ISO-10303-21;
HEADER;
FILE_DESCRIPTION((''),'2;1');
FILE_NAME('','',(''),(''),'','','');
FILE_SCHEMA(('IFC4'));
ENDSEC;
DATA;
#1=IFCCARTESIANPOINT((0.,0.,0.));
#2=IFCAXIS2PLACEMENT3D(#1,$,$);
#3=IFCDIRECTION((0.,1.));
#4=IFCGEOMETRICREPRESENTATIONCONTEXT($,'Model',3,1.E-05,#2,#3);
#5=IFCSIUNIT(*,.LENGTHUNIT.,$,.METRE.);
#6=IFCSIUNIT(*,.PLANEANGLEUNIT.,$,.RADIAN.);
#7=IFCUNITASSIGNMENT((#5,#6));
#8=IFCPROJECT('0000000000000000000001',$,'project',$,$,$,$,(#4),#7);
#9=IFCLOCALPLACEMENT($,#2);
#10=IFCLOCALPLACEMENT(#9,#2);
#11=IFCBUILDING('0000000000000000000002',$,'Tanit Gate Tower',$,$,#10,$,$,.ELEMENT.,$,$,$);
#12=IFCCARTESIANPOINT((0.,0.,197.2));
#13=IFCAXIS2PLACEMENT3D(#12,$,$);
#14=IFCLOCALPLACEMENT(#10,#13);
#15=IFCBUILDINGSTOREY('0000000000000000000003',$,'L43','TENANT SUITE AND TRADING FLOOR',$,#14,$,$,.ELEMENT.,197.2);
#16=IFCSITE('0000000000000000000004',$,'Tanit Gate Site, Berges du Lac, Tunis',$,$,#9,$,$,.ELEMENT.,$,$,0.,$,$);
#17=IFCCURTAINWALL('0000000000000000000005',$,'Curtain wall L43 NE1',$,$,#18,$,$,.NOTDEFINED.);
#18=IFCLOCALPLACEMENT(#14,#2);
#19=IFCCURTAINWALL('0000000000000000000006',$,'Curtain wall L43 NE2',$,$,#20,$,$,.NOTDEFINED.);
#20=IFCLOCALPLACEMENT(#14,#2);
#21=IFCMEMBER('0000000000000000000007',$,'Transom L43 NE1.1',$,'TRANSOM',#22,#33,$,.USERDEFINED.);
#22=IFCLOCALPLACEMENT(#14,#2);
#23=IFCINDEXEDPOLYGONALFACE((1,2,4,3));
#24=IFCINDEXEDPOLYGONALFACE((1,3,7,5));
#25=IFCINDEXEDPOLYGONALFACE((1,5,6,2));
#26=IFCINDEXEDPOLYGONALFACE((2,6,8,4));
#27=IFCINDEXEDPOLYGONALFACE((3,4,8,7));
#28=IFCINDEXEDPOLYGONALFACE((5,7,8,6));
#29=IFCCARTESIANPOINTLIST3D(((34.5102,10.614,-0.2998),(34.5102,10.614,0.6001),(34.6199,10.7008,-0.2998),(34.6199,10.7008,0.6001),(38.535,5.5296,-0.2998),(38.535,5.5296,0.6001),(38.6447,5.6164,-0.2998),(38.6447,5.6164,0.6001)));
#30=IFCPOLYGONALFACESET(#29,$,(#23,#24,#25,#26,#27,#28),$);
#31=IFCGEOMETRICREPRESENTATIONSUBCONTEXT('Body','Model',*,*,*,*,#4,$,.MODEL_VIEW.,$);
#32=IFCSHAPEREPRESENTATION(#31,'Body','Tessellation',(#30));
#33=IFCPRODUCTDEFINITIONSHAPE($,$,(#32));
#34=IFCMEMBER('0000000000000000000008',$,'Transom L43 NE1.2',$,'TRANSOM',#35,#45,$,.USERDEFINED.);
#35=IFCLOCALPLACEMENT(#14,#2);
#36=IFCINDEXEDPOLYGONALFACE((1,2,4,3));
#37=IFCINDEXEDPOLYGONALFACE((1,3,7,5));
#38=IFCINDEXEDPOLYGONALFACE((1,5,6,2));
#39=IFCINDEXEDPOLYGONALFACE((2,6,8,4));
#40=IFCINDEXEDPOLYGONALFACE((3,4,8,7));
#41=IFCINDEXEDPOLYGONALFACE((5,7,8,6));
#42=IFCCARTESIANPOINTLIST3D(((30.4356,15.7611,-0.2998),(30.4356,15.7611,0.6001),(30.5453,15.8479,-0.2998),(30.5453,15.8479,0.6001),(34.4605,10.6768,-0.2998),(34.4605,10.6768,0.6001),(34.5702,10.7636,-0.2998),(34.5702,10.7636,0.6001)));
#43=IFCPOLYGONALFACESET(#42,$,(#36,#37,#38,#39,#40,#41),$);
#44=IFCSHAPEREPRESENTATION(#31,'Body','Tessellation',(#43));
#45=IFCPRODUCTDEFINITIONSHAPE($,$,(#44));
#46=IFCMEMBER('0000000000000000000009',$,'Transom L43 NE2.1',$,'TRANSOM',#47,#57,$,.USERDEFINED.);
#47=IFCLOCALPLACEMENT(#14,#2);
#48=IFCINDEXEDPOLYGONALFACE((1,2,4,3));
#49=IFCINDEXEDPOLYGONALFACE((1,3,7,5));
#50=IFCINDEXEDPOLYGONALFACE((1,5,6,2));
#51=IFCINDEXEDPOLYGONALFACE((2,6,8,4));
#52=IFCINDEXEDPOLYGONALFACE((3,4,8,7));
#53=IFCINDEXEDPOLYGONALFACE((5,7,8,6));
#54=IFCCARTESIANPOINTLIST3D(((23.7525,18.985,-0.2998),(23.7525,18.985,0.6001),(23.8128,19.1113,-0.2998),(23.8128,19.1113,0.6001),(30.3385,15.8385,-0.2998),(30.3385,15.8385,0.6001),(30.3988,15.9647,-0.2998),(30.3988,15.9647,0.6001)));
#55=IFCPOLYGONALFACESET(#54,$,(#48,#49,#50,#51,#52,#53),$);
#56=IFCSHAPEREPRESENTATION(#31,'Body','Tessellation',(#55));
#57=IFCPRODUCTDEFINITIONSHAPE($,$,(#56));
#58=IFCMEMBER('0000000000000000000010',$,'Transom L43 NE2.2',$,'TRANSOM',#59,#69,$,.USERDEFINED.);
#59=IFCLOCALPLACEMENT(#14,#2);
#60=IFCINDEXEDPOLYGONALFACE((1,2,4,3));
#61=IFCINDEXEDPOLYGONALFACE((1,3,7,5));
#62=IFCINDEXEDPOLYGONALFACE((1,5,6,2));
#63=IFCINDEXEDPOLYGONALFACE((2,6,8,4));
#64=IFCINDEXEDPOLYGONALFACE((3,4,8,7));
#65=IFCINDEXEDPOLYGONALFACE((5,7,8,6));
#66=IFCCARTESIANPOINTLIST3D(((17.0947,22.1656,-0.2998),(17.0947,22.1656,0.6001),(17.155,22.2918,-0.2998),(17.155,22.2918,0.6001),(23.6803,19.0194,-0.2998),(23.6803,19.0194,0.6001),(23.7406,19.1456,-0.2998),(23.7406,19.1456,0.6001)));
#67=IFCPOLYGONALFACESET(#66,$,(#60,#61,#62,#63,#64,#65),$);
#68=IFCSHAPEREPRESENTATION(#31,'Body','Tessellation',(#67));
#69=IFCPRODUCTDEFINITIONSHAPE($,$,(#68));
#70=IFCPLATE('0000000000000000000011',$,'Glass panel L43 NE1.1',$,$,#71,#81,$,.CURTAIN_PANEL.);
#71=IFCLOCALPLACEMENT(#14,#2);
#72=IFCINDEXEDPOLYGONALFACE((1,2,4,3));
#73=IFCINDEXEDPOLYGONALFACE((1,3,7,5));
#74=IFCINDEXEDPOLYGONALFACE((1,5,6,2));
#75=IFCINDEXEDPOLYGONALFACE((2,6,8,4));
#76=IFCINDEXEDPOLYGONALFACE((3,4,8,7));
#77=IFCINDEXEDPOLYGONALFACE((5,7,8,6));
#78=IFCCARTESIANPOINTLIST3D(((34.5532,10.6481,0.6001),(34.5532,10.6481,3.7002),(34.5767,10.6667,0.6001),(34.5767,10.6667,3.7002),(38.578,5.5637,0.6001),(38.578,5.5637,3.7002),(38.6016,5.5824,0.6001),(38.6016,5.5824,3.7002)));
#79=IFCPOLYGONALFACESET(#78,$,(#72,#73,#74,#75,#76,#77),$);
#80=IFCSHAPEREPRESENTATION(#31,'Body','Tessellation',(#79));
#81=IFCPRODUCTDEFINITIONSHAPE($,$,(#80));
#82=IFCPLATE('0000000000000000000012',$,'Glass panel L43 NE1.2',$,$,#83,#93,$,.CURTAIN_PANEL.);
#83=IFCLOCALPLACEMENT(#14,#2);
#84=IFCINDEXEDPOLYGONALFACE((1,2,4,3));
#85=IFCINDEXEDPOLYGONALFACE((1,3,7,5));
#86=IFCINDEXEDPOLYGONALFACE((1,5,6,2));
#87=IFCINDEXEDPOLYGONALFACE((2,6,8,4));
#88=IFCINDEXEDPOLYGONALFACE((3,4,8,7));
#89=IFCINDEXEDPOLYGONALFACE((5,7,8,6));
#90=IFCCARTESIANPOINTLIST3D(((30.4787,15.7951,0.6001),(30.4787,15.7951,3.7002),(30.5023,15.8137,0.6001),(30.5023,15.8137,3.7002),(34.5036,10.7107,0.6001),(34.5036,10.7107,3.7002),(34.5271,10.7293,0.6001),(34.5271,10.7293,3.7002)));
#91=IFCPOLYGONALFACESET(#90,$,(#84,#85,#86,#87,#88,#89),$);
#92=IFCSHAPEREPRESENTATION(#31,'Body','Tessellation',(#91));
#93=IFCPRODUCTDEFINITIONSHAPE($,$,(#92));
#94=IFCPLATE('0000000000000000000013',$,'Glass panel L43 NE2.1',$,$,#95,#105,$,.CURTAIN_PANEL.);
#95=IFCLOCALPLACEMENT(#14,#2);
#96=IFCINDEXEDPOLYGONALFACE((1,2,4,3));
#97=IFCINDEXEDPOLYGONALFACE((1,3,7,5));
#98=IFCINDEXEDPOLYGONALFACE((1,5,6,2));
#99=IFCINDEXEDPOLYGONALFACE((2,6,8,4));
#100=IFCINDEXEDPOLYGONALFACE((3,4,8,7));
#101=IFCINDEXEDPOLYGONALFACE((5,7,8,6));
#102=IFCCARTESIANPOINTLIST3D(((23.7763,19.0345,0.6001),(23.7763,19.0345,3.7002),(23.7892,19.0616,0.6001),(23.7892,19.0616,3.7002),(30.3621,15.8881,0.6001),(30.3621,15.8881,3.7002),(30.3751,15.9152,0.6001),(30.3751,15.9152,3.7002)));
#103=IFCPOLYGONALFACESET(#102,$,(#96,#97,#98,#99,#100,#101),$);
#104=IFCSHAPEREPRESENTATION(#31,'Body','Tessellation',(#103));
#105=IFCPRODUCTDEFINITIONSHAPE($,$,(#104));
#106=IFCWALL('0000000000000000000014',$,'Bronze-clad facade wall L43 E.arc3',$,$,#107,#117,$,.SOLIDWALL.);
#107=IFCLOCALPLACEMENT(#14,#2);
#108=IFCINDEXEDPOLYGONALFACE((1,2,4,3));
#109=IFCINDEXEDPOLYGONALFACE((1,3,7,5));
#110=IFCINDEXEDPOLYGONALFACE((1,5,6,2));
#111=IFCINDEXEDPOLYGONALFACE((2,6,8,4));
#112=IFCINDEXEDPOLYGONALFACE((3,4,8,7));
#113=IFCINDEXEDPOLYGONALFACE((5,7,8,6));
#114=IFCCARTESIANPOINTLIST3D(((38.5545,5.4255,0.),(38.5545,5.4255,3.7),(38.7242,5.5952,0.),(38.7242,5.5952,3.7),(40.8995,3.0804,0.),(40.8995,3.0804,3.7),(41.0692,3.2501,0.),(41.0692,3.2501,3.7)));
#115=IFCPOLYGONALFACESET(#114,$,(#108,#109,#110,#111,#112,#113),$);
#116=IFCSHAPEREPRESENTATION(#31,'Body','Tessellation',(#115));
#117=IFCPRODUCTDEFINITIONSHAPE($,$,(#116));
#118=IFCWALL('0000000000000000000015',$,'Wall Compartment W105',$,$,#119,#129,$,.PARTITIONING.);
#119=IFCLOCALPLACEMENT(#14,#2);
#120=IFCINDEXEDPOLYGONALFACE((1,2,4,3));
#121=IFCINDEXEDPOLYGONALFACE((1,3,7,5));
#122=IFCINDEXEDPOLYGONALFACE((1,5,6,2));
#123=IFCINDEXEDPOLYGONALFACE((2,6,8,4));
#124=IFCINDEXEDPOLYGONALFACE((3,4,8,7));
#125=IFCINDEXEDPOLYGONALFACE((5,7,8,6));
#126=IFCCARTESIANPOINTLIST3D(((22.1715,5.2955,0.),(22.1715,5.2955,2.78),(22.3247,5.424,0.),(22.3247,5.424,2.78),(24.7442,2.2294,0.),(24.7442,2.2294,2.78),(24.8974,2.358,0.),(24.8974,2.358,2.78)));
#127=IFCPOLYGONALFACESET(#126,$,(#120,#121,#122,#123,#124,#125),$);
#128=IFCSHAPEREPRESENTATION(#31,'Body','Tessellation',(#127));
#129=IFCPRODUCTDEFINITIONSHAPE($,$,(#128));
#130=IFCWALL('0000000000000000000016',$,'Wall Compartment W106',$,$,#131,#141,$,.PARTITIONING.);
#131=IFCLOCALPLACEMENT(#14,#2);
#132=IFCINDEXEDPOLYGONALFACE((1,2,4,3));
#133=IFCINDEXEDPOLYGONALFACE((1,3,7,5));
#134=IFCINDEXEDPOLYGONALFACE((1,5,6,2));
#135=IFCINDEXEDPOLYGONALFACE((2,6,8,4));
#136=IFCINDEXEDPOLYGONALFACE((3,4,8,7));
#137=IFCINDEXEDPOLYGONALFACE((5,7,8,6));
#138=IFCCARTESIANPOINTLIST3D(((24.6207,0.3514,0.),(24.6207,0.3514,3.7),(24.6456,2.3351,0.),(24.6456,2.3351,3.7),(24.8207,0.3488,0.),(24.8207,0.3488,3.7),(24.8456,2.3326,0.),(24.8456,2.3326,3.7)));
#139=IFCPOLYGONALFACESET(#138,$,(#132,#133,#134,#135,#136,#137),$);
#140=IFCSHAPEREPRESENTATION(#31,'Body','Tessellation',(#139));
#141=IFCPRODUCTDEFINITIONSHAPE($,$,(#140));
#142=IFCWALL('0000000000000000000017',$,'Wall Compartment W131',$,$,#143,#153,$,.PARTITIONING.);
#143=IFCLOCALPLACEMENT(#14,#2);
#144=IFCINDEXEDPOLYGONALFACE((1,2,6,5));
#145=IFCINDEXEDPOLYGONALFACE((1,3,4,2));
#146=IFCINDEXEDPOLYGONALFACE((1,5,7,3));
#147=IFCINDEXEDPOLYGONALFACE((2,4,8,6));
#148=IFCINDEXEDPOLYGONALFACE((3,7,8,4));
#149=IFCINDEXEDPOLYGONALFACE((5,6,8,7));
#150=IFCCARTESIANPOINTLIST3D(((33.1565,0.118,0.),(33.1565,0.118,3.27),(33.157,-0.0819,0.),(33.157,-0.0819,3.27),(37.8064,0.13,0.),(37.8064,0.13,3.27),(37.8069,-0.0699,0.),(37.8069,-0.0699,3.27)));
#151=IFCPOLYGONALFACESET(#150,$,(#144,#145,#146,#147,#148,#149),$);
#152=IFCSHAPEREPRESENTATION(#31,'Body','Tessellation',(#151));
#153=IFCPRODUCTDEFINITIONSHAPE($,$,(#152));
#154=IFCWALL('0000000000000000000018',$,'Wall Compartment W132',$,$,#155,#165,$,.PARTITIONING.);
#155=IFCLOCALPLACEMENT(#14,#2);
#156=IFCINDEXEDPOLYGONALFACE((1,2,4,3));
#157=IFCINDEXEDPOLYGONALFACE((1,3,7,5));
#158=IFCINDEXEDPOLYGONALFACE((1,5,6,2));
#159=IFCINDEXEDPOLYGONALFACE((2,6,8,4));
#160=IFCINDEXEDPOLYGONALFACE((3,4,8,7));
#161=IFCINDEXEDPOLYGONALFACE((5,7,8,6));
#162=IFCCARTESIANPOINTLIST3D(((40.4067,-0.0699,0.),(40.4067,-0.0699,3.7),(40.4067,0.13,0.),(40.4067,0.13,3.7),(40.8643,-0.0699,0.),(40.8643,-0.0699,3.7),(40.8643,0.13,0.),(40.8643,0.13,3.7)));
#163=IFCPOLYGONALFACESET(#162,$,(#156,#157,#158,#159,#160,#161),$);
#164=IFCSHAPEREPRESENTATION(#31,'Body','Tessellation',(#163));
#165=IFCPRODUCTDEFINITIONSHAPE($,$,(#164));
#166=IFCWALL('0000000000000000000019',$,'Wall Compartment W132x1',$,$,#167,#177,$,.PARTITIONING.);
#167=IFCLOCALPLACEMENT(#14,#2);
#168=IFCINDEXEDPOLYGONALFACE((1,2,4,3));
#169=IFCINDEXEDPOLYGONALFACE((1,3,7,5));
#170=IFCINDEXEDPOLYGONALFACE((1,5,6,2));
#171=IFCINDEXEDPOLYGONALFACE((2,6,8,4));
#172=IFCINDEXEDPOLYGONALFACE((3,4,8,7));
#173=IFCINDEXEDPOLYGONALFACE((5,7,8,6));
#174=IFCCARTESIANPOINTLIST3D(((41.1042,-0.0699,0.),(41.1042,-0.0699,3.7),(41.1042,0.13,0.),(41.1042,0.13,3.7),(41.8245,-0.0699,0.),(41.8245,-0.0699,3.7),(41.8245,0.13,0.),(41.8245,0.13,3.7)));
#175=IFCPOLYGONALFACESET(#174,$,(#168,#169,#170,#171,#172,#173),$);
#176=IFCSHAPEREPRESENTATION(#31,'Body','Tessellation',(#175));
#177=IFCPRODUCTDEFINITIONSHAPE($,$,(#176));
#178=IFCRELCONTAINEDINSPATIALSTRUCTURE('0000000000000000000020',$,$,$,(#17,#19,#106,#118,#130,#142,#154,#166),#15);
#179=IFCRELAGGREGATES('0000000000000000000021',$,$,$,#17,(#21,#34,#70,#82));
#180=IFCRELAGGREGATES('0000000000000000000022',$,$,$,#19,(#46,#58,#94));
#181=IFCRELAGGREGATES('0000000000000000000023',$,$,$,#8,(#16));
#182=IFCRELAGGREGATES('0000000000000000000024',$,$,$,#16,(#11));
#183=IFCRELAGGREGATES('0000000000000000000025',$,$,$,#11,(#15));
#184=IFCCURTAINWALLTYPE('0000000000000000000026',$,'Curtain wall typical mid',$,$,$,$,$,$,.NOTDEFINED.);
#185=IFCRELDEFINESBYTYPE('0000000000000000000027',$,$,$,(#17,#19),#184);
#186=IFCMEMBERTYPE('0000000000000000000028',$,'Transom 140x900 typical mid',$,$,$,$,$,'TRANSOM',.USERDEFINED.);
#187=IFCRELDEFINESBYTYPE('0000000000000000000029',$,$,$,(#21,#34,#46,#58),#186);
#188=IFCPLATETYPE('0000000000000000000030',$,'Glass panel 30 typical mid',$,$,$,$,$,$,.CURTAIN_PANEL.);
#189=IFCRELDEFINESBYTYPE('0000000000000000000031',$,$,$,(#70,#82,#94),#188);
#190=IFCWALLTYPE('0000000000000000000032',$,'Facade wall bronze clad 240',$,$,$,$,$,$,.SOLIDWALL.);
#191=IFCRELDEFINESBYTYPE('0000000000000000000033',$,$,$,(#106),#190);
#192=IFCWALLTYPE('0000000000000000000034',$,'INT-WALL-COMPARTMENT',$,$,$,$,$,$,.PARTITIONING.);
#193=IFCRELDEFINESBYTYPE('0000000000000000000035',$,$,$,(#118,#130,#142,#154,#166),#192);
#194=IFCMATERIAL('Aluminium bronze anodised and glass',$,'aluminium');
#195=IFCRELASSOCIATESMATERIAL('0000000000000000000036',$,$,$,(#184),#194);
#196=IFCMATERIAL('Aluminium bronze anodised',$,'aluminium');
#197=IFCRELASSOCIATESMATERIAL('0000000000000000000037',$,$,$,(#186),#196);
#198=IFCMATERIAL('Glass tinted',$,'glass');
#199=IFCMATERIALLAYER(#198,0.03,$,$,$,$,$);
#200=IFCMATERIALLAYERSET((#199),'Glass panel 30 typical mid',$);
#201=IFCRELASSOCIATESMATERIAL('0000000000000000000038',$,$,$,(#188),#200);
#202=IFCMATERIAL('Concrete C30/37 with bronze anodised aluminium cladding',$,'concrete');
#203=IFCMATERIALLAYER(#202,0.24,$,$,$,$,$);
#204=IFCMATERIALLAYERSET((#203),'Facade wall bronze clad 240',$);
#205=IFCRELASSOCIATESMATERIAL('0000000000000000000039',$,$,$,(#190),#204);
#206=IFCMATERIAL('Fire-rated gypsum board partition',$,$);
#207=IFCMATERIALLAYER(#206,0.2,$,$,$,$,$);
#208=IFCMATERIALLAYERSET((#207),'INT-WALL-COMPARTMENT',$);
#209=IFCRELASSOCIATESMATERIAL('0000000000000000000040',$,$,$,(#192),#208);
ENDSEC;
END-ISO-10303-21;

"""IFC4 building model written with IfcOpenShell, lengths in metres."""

from ifc_helpers import new_model, si_unit, direction, frame, frame_2d, origin, origin_2d, place, context, subcontext, project, spatial, rectangle, extrude, material, layer, layer_set, material_profile, profile_set, type_object, element, aggregate, save


model = new_model("IFC4")

# Units and contexts
model_context = context("Model", 3, precision=1e-05, world=origin(), true_north=direction((0.0, 1.0)))
body_context = subcontext(model_context, "Body", "Model", "MODEL_VIEW")
ifc_project = project(units=[si_unit("LENGTHUNIT", "METRE"), si_unit("PLANEANGLEUNIT", "RADIAN")], contexts=[model_context])

# Site, building, storey
site_placement = place(None, origin())
site = spatial("IfcSite", under=ifc_project, at=site_placement, Name="Tanit Gate Site, Berges du Lac, Tunis", CompositionType="ELEMENT", RefElevation=0.0)
building_placement = place(site_placement, origin())
building = spatial("IfcBuilding", under=site, at=building_placement, Name="Tanit Gate Tower", CompositionType="ELEMENT")
storey_placement = place(building_placement, frame((0.0, 0.0, 197.2)))
storey = spatial("IfcBuildingStorey", under=building, at=storey_placement, Name="L43", Description="TENANT SUITE AND TRADING FLOOR", CompositionType="ELEMENT", Elevation=197.2)

# Curtain walls
ifc_material_1 = material(Name="Aluminium bronze anodised and glass", Category="aluminium")
curtain_wall_type = type_object("IfcCurtainWallType", Name="Curtain wall typical mid", PredefinedType="NOTDEFINED", material=ifc_material_1)
curtain_wall_1_placement = place(storey_placement, origin())
curtain_wall_1 = element("IfcCurtainWall", 1, at=curtain_wall_1_placement, inside=storey, type_object=curtain_wall_type, Name="Curtain wall L43 NE1", PredefinedType="NOTDEFINED")
curtain_wall_2_placement = place(storey_placement, origin())
curtain_wall_2 = element("IfcCurtainWall", 2, at=curtain_wall_2_placement, inside=storey, type_object=curtain_wall_type, Name="Curtain wall L43 NE2", PredefinedType="NOTDEFINED")

# Members
ifc_material_2 = material(Name="Aluminium bronze anodised", Category="aluminium")
ifc_material_profile_1 = material_profile(ifc_material_2, rectangle(XDim=0.1399, YDim=0.8999, at=origin_2d()), Name="140x900 bronze transom")
ifc_profile_set_1 = profile_set([ifc_material_profile_1], Name="Aluminium bronze anodised")
member_type_1 = type_object("IfcMemberType", Name="Transom 140x900 typical mid", ElementType="TRANSOM", PredefinedType="USERDEFINED", material=ifc_profile_set_1)
member_1_placement = place(storey_placement, frame((38.5898, 5.573, 0.1501), z_axis=(-0.620674, 0.784069, 0.0), x_axis=(-0.784069, -0.620674, 0.0)))
member_1 = element("IfcMember", 3, at=member_1_placement, type_object=member_type_1, Name="Transom L43 NE1.1", ObjectType="TRANSOM", PredefinedType="USERDEFINED", context=body_context, shape_type="SweptSolid", body=[
    extrude(rectangle(XDim=0.1399, YDim=0.8999, at=origin_2d()), origin(), (0.0, 0.0, 1.0), 6.4846),
])
member_2_placement = place(storey_placement, frame((34.5154, 10.7202, 0.1501), z_axis=(-0.620692, 0.784054, 0.0), x_axis=(-0.784054, -0.620692, 0.0)))
member_2 = element("IfcMember", 4, at=member_2_placement, type_object=member_type_1, Name="Transom L43 NE1.2", ObjectType="TRANSOM", PredefinedType="USERDEFINED", context=body_context, shape_type="SweptSolid", body=[
    extrude(rectangle(XDim=0.1399, YDim=0.8999, at=origin_2d()), origin(), (0.0, 0.0, 1.0), 6.4846),
])
member_3_placement = place(storey_placement, frame((30.3687, 15.9016, 0.1501), z_axis=(-0.902311, 0.431086, 0.0), x_axis=(-0.431086, -0.902311, 0.0)))
member_3 = element("IfcMember", 5, at=member_3_placement, type_object=member_type_1, Name="Transom L43 NE2.1", ObjectType="TRANSOM", PredefinedType="USERDEFINED", context=body_context, shape_type="SweptSolid", body=[
    extrude(rectangle(XDim=0.1399, YDim=0.8999, at=origin_2d()), origin(), (0.0, 0.0, 1.0), 7.2991),
])
member_4_placement = place(storey_placement, frame((23.7104, 19.0825, 0.1501), z_axis=(-0.902318, 0.431072, 0.0), x_axis=(-0.431072, -0.902318, 0.0)))
member_4 = element("IfcMember", 6, at=member_4_placement, type_object=member_type_1, Name="Transom L43 NE2.2", ObjectType="TRANSOM", PredefinedType="USERDEFINED", context=body_context, shape_type="SweptSolid", body=[
    extrude(rectangle(XDim=0.1399, YDim=0.8999, at=origin_2d()), origin(), (0.0, 0.0, 1.0), 7.2986),
])

# Plates
ifc_material_3 = material(Name="Glass tinted", Category="glass")
ifc_layer_1 = layer(ifc_material_3, 0.03)
ifc_layer_set_1 = layer_set([ifc_layer_1], Name="Glass panel 30 typical mid")
plate_type = type_object("IfcPlateType", Name="Glass panel 30 typical mid", PredefinedType="CURTAIN_PANEL", material=ifc_layer_set_1)
plate_1_placement = place(storey_placement, frame((36.5774, 8.1152, 0.6001), z_axis=(0.0, 0.0, 1.0), x_axis=(-0.620675, 0.784068, 0.0)))
plate_1 = element("IfcPlate", 7, at=plate_1_placement, type_object=plate_type, Name="Glass panel L43 NE1.1", PredefinedType="CURTAIN_PANEL", context=body_context, shape_type="SweptSolid", body=[
    extrude(rectangle(XDim=6.4846, YDim=0.03, at=origin_2d()), origin(), (0.0, 0.0, 1.0), 3.1001),
])
plate_2_placement = place(storey_placement, frame((32.5029, 13.2622, 0.6001), z_axis=(0.0, 0.0, 1.0), x_axis=(-0.620675, 0.784068, 0.0)))
plate_2 = element("IfcPlate", 8, at=plate_2_placement, type_object=plate_type, Name="Glass panel L43 NE1.2", PredefinedType="CURTAIN_PANEL", context=body_context, shape_type="SweptSolid", body=[
    extrude(rectangle(XDim=6.4846, YDim=0.03, at=origin_2d()), origin(), (0.0, 0.0, 1.0), 3.1001),
])
aggregate(curtain_wall_1, [member_1, member_2, plate_1, plate_2])
plate_3_placement = place(storey_placement, frame((27.0757, 17.4749, 0.6001), z_axis=(0.0, 0.0, 1.0), x_axis=(-0.902317, 0.431073, 0.0)))
plate_3 = element("IfcPlate", 9, at=plate_3_placement, type_object=plate_type, Name="Glass panel L43 NE2.1", PredefinedType="CURTAIN_PANEL", context=body_context, shape_type="SweptSolid", body=[
    extrude(rectangle(XDim=7.2988, YDim=0.03, at=origin_2d()), origin(), (0.0, 0.0, 1.0), 3.1001),
])
aggregate(curtain_wall_2, [member_3, member_4, plate_3])

# Walls
ifc_material_4 = material(Name="Concrete C30/37 with bronze anodised aluminium cladding", Category="concrete")
ifc_layer_2 = layer(ifc_material_4, 0.24)
ifc_layer_set_2 = layer_set([ifc_layer_2], Name="Facade wall bronze clad 240")
wall_type_1 = type_object("IfcWallType", Name="Facade wall bronze clad 240", PredefinedType="SOLIDWALL", material=ifc_layer_set_2)
wall_1_placement = place(storey_placement, frame((40.9844, 3.1653, 0.0), z_axis=(0.0, 0.0, 1.0), x_axis=(-0.707107, 0.707107, 0.0)))
element("IfcWall", 10, at=wall_1_placement, inside=storey, type_object=wall_type_1, Name="Bronze-clad facade wall L43 E.arc3", PredefinedType="SOLIDWALL", context=body_context, shape_type="SweptSolid", body=[
    extrude(rectangle(XDim=3.3164, YDim=0.24, at=frame_2d((1.6582, 0.0))), origin(), (0.0, 0.0, 1.0), 3.7),
])
ifc_material_5 = material(Name="Fire-rated gypsum board partition")
ifc_layer_3 = layer(ifc_material_5, 0.2)
ifc_layer_set_3 = layer_set([ifc_layer_3], Name="INT-WALL-COMPARTMENT")
wall_type_2 = type_object("IfcWallType", Name="INT-WALL-COMPARTMENT", PredefinedType="PARTITIONING", material=ifc_layer_set_3)
wall_2_placement = place(storey_placement, frame((24.8208, 2.2937, 0.0), z_axis=(0.0, 0.0, 1.0), x_axis=(-0.642779, 0.766052, 0.0)))
element("IfcWall", 11, at=wall_2_placement, inside=storey, type_object=wall_type_2, Name="Wall Compartment W105", PredefinedType="PARTITIONING", context=body_context, shape_type="SweptSolid", body=[
    extrude(rectangle(XDim=4.0024, YDim=0.2, at=frame_2d((2.0012, 0.0))), origin(), (0.0, 0.0, 1.0), 2.78),
])
wall_3_placement = place(storey_placement, frame((24.7207, 0.3501, 0.0), z_axis=(0.0, 0.0, 1.0), x_axis=(0.012553, 0.999921, 0.0)))
element("IfcWall", 12, at=wall_3_placement, inside=storey, type_object=wall_type_2, Name="Wall Compartment W106", PredefinedType="PARTITIONING", context=body_context, shape_type="SweptSolid", body=[
    extrude(rectangle(XDim=1.9839, YDim=0.2, at=frame_2d((0.9919, 0.0))), origin(), (0.0, 0.0, 1.0), 3.7),
])
wall_4_placement = place(storey_placement, frame((33.1567, 0.0181, 0.0), z_axis=(0.0, 0.0, 1.0), x_axis=(0.999997, 0.002573, 0.0)))
element("IfcWall", 13, at=wall_4_placement, inside=storey, type_object=wall_type_2, Name="Wall Compartment W131", PredefinedType="PARTITIONING", context=body_context, shape_type="SweptSolid", body=[
    extrude(rectangle(XDim=4.6499, YDim=0.2, at=frame_2d((2.325, 0.0))), origin(), (0.0, 0.0, 1.0), 3.27),
])
wall_5_placement = place(storey_placement, frame((40.4067, 0.03, 0.0), z_axis=(0.0, 0.0, 1.0), x_axis=(1.0, 0.0, 0.0)))
element("IfcWall", 14, at=wall_5_placement, inside=storey, type_object=wall_type_2, Name="Wall Compartment W132", PredefinedType="PARTITIONING", context=body_context, shape_type="SweptSolid", body=[
    extrude(rectangle(XDim=0.4575, YDim=0.2, at=frame_2d((0.2288, 0.0))), origin(), (0.0, 0.0, 1.0), 3.7),
])
wall_6_placement = place(storey_placement, frame((41.1042, 0.03, 0.0), z_axis=(0.0, 0.0, 1.0), x_axis=(1.0, 0.0, 0.0)))
element("IfcWall", 15, at=wall_6_placement, inside=storey, type_object=wall_type_2, Name="Wall Compartment W132x1", PredefinedType="PARTITIONING", context=body_context, shape_type="SweptSolid", body=[
    extrude(rectangle(XDim=0.7202, YDim=0.2, at=frame_2d((0.3601, 0.0))), origin(), (0.0, 0.0, 1.0), 3.7),
])

save(model, "model.ifc")
